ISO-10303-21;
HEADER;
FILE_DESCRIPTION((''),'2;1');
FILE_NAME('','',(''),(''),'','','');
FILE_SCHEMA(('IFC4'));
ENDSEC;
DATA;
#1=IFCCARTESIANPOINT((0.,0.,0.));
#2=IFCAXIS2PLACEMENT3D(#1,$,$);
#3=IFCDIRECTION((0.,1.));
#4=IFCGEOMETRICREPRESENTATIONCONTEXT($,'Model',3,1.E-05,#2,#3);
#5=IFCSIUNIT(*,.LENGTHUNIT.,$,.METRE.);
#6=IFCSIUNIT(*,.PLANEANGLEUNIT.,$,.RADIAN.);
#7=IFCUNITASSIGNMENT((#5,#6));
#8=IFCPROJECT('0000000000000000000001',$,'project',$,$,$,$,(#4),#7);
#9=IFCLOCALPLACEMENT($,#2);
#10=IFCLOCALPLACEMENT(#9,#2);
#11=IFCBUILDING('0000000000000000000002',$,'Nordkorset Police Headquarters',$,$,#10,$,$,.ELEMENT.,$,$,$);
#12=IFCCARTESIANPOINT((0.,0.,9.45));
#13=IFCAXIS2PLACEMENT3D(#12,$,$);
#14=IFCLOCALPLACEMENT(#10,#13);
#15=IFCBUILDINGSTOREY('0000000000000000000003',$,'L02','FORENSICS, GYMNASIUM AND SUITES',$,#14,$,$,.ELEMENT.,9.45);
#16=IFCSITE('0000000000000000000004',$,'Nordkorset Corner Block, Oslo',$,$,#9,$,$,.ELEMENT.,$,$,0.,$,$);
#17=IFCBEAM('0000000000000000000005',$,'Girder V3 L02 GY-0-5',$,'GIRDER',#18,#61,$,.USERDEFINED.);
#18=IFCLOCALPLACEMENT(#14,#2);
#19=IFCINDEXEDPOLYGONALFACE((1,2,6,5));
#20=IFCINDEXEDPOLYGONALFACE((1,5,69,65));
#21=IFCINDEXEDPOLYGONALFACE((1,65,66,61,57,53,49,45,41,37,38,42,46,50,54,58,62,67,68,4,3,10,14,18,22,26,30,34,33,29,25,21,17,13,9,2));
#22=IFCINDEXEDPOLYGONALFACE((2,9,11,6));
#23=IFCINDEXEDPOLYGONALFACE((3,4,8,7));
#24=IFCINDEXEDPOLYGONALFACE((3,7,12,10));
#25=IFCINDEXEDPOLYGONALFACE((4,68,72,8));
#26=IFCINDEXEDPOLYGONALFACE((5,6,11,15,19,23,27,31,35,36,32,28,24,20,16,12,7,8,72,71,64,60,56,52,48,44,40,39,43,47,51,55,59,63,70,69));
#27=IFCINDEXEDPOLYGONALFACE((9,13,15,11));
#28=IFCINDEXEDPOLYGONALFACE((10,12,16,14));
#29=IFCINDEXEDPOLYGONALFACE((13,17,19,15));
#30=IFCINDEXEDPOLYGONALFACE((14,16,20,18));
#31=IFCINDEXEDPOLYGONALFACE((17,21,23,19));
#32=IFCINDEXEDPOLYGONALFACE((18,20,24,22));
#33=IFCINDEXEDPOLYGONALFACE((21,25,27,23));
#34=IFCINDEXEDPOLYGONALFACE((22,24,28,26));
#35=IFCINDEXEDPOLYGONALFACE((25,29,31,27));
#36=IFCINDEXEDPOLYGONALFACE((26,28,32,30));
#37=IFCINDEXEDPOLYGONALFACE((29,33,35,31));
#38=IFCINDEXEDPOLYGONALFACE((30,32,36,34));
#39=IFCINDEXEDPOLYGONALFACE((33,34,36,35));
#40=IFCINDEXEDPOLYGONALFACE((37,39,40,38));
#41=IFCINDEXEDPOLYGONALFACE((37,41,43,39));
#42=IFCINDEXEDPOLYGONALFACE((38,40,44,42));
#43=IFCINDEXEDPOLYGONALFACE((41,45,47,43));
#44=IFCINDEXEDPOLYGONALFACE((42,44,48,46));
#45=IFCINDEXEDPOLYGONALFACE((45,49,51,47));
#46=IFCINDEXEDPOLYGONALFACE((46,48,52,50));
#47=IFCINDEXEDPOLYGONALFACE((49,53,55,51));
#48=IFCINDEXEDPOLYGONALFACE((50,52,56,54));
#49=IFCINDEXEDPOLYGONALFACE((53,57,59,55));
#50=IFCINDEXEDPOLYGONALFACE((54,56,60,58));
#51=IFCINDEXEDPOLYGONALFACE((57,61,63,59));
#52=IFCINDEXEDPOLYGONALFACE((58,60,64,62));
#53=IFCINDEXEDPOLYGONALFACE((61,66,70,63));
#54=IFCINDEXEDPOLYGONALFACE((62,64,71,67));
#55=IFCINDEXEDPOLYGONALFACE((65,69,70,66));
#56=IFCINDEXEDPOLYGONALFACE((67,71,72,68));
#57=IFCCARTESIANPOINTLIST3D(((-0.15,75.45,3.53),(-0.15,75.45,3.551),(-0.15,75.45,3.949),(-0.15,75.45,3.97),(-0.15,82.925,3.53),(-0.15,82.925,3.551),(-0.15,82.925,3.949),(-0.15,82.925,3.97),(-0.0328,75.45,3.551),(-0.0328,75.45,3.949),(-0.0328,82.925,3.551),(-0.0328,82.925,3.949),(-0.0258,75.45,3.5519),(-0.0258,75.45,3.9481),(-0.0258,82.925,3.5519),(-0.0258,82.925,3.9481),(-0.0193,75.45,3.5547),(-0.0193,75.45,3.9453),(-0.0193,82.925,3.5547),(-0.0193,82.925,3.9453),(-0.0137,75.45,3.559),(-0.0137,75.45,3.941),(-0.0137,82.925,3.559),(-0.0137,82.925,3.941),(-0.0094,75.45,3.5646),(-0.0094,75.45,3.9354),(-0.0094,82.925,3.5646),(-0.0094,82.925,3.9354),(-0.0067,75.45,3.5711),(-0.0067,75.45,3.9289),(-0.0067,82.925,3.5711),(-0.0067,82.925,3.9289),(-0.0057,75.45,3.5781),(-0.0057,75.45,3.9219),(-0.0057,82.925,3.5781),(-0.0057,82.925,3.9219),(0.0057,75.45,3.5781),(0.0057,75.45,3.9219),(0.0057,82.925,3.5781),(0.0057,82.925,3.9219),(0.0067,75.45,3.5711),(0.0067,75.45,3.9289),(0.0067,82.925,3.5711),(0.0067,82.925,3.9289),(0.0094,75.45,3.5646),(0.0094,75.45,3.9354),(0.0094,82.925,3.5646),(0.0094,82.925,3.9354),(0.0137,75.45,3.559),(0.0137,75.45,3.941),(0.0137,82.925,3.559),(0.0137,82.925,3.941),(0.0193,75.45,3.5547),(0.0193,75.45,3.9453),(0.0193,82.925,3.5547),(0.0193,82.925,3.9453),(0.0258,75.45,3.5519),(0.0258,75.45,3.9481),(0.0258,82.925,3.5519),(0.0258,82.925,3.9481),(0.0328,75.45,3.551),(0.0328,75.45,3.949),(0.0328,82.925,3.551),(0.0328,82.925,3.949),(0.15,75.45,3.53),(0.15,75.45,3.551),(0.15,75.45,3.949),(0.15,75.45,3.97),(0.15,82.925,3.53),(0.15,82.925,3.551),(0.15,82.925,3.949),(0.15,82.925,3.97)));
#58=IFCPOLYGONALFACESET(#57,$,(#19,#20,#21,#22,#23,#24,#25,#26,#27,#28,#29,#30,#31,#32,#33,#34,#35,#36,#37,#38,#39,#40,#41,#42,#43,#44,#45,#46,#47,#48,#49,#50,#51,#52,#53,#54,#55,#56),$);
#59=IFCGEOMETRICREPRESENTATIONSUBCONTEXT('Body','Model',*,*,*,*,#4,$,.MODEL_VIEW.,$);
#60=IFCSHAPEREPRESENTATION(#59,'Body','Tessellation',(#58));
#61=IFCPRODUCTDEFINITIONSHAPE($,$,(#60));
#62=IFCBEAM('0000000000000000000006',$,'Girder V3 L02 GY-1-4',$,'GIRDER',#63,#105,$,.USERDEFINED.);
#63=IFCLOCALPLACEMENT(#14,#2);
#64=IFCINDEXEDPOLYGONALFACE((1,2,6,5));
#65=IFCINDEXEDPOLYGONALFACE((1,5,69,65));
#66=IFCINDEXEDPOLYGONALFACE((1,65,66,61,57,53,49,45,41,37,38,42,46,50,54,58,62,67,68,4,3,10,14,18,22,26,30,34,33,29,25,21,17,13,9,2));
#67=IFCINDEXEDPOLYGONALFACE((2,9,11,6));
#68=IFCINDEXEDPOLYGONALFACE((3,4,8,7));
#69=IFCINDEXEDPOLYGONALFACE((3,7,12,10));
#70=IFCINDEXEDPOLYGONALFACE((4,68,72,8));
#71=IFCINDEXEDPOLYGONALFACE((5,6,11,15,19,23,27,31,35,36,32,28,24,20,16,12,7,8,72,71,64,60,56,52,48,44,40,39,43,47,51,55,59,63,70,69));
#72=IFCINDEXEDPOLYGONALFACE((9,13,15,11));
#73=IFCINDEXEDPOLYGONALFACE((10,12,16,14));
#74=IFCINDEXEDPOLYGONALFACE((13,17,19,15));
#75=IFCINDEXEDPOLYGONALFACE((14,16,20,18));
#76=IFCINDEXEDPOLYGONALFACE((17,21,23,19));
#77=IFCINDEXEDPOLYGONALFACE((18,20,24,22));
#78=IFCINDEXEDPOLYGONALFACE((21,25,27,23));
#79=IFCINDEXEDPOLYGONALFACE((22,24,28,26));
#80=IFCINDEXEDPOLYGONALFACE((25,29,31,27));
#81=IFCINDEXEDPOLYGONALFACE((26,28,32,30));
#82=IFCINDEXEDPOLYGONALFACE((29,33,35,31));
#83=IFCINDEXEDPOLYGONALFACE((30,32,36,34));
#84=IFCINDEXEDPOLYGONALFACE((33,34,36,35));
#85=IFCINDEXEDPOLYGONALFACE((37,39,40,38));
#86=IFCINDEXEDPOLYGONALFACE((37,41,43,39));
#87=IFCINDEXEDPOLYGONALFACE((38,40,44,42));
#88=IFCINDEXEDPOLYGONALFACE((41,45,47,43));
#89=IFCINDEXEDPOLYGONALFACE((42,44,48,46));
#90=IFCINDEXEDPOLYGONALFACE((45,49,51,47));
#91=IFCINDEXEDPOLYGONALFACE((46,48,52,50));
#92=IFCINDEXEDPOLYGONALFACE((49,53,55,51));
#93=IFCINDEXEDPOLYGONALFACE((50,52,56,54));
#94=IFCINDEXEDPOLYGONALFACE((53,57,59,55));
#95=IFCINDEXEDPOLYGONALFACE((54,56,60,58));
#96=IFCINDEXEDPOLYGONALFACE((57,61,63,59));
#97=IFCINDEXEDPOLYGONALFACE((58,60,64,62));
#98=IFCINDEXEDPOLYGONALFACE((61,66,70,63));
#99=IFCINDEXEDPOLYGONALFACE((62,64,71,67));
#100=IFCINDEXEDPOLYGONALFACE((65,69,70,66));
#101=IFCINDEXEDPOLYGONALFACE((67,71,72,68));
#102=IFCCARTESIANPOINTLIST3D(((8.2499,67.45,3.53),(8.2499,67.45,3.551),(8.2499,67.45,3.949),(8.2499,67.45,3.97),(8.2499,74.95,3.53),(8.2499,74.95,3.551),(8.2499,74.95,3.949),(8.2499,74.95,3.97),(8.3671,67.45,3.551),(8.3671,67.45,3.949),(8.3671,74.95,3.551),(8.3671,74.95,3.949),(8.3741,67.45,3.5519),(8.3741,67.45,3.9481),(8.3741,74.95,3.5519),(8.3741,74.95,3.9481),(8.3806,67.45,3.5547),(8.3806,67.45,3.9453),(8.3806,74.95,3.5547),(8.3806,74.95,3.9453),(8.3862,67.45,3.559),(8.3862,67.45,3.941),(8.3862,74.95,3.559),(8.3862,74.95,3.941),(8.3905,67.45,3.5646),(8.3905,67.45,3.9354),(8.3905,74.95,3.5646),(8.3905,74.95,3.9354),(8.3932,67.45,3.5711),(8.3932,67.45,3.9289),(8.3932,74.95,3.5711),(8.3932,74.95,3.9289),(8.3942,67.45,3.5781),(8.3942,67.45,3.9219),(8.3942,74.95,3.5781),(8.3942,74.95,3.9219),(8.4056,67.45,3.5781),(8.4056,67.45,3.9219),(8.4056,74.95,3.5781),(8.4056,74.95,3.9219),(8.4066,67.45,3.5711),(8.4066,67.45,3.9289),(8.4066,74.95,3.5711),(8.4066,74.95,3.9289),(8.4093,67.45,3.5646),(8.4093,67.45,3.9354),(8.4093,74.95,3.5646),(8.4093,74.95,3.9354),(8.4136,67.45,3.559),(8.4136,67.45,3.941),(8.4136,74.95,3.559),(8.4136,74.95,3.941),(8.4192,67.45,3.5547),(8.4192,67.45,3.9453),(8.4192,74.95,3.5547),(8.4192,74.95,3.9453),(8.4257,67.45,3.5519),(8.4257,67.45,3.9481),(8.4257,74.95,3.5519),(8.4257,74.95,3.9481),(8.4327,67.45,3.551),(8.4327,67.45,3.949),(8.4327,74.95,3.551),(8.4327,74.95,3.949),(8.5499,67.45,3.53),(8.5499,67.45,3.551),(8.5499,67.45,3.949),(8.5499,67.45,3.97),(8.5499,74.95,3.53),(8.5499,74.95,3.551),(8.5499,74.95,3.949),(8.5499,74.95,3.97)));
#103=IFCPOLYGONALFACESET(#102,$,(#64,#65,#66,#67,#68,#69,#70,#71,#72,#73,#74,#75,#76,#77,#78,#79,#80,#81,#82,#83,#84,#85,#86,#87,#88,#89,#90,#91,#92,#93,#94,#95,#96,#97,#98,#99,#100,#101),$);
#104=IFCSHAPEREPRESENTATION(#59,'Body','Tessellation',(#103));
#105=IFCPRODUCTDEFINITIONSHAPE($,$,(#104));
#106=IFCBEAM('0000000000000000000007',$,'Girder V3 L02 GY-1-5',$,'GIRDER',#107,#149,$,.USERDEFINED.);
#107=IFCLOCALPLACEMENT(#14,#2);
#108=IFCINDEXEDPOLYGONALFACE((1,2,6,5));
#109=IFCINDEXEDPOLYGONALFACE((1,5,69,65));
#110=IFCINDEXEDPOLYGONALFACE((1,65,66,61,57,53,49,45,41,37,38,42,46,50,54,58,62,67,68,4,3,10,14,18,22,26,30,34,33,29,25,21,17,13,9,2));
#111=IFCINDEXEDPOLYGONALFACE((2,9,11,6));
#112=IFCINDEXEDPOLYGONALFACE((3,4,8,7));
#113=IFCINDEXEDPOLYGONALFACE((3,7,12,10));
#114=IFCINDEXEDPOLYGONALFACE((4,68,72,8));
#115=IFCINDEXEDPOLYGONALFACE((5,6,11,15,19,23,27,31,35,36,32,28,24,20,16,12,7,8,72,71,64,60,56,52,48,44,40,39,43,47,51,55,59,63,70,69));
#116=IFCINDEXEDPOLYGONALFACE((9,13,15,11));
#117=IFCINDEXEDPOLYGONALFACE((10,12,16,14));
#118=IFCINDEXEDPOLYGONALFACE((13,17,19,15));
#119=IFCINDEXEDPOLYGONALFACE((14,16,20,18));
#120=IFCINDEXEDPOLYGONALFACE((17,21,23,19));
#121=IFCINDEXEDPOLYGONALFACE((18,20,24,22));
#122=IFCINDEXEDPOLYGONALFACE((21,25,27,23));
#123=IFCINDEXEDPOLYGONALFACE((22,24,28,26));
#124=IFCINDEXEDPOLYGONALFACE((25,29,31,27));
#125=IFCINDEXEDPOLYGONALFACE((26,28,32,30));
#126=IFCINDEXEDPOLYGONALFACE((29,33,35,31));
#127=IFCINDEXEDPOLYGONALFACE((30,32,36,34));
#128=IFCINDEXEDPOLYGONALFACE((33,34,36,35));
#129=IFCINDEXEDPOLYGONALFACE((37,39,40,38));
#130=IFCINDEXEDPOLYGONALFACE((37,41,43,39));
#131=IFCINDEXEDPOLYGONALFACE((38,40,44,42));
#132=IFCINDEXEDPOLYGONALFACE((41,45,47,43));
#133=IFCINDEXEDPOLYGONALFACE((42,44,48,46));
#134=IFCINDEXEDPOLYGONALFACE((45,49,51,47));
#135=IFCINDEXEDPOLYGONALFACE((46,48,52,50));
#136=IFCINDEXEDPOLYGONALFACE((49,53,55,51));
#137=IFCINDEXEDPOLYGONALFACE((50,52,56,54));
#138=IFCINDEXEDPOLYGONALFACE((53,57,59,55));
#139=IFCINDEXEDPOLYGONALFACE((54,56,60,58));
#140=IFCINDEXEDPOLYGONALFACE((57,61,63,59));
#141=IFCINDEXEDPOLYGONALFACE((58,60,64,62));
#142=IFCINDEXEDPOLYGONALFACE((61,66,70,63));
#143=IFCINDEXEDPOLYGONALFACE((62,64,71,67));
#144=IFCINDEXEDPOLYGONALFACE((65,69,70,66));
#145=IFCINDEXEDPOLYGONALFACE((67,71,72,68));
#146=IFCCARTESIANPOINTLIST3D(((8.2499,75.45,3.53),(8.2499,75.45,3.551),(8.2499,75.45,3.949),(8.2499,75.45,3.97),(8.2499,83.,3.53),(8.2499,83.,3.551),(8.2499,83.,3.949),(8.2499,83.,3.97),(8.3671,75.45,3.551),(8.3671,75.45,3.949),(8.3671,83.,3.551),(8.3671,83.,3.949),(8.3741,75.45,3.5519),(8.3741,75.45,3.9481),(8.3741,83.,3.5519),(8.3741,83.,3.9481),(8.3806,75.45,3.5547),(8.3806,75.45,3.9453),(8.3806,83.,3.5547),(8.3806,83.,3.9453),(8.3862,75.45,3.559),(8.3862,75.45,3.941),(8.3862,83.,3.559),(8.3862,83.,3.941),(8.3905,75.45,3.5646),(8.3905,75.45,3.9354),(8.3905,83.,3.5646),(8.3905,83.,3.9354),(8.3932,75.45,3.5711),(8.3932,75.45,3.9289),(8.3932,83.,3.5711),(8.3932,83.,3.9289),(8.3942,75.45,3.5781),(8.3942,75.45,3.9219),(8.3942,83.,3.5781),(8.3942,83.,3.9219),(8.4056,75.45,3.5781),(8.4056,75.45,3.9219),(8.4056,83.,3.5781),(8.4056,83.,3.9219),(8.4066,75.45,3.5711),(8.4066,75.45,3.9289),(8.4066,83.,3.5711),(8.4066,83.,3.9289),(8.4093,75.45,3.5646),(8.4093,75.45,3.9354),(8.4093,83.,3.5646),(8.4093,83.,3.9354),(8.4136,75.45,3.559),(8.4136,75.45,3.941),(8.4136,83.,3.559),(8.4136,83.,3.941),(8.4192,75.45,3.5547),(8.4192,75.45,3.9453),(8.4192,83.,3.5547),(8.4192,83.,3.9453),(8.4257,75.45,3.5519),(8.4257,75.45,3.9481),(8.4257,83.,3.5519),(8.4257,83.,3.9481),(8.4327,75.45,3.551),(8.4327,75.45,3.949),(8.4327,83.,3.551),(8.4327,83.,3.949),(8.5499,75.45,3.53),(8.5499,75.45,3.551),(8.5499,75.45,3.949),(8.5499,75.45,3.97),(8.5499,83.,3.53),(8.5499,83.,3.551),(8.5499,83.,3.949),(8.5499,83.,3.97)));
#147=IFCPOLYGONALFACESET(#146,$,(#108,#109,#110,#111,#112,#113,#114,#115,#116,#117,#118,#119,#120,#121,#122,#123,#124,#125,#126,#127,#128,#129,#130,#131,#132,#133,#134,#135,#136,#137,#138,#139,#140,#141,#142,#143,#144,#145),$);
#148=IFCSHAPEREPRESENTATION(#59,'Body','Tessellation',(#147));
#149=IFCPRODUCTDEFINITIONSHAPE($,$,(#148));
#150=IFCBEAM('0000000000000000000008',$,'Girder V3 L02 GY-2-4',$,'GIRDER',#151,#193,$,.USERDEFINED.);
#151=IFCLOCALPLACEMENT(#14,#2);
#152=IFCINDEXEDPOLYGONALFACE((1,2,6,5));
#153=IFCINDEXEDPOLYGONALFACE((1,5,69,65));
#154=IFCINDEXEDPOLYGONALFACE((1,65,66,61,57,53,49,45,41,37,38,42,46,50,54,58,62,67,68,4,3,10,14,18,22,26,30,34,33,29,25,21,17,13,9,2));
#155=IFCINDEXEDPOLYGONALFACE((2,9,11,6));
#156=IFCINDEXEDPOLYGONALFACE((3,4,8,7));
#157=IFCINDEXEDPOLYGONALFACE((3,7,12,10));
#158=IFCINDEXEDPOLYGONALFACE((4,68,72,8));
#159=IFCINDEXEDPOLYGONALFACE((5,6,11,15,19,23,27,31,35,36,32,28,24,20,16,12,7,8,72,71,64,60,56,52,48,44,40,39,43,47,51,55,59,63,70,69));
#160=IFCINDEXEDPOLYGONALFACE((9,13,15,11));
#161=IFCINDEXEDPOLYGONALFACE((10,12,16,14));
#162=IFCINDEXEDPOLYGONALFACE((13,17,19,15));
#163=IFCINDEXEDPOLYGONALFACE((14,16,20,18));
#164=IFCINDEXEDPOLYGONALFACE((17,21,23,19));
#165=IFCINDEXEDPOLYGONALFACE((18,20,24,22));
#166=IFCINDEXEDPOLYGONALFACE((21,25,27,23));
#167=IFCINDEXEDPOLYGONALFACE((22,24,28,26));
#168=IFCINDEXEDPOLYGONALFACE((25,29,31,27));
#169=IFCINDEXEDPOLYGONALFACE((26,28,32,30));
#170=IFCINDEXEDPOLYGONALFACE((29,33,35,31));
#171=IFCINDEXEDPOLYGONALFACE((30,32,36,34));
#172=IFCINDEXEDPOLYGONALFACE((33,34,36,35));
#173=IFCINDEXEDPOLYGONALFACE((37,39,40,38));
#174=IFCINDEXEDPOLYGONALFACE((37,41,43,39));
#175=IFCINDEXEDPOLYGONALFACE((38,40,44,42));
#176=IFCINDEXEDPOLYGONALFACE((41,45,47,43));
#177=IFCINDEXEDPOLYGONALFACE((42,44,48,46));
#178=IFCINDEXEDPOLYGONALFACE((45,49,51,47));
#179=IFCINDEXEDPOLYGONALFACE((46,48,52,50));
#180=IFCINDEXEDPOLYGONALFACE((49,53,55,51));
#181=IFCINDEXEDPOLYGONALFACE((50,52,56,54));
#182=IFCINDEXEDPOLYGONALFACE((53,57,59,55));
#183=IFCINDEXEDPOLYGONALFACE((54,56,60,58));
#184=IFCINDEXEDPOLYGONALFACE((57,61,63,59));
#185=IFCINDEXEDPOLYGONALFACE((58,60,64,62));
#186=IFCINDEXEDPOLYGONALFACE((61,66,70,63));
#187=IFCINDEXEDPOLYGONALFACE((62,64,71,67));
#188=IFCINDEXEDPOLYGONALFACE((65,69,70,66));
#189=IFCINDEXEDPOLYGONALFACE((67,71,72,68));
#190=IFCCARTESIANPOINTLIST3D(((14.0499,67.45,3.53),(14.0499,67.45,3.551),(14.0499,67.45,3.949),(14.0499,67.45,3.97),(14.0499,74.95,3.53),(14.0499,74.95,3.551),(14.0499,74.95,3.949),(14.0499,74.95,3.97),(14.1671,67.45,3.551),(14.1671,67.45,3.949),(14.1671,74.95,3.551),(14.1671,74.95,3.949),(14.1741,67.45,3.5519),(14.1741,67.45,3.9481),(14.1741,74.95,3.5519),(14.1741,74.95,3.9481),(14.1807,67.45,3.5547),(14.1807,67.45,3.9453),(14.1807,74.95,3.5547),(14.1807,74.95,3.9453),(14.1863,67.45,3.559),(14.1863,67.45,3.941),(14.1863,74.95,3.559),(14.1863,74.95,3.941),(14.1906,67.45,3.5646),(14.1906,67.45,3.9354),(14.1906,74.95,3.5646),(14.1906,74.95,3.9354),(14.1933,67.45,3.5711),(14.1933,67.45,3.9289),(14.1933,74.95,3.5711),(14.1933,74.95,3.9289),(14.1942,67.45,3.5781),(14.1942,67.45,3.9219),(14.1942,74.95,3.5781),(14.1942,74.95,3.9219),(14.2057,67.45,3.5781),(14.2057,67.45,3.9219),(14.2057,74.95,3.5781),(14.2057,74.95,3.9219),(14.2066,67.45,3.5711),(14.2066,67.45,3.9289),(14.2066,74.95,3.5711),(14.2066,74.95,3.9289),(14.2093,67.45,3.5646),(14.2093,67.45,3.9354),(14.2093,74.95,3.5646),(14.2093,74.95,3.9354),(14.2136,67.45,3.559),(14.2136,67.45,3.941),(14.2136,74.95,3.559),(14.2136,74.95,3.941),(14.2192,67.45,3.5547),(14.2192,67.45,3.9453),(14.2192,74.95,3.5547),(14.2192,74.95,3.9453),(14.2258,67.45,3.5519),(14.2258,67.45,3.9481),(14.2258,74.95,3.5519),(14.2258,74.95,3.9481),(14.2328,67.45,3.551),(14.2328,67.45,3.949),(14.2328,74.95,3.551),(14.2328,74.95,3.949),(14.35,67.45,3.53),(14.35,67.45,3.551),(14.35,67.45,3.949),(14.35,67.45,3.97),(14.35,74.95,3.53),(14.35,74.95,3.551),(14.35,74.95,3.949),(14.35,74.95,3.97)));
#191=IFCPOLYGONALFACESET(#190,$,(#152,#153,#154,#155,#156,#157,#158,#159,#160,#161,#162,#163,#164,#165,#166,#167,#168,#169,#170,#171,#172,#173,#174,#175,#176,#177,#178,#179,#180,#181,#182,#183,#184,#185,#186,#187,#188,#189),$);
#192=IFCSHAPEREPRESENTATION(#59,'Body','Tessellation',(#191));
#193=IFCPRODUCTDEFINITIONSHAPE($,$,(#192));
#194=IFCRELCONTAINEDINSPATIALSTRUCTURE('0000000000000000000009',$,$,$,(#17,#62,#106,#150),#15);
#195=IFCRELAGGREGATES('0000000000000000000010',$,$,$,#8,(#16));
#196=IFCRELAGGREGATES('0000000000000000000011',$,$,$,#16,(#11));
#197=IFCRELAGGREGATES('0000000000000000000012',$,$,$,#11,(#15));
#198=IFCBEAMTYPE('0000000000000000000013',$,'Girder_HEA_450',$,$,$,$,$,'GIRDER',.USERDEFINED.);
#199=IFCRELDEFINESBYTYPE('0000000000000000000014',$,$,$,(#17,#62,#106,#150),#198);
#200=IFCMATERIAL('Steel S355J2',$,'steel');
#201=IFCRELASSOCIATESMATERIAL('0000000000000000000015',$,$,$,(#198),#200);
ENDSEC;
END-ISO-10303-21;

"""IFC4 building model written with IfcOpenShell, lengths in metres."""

from ifc_helpers import new_model, si_unit, direction, frame, origin, origin_2d, place, context, subcontext, project, spatial, i_section, extrude, material, material_profile, profile_set, type_object, element, save


model = new_model("IFC4")

# Units and contexts
model_context = context("Model", 3, precision=1e-05, world=origin(), true_north=direction((0.0, 1.0)))
body_context = subcontext(model_context, "Body", "Model", "MODEL_VIEW")
ifc_project = project(units=[si_unit("LENGTHUNIT", "METRE"), si_unit("PLANEANGLEUNIT", "RADIAN")], contexts=[model_context])

# Site, building, storey
site_placement = place(None, origin())
site = spatial("IfcSite", under=ifc_project, at=site_placement, Name="Nordkorset Corner Block, Oslo", CompositionType="ELEMENT", RefElevation=0.0)
building_placement = place(site_placement, origin())
building = spatial("IfcBuilding", under=site, at=building_placement, Name="Nordkorset Police Headquarters", CompositionType="ELEMENT")
storey_placement = place(building_placement, frame((0.0, 0.0, 9.45)))
storey = spatial("IfcBuildingStorey", under=building, at=storey_placement, Name="L02", Description="FORENSICS, GYMNASIUM AND SUITES", CompositionType="ELEMENT", Elevation=9.45)

# Beams
ifc_material_1 = material(Name="Steel S355J2", Category="steel")
ifc_material_profile_1 = material_profile(ifc_material_1, i_section(OverallWidth=0.3, OverallDepth=0.4399, WebThickness=0.0115, FlangeThickness=0.021, FilletRadius=0.0271, at=origin_2d()), Name="HEA 450")
ifc_profile_set_1 = profile_set([ifc_material_profile_1], Name="Steel S355J2")
beam_type_1 = type_object("IfcBeamType", Name="Girder_HEA_450", ElementType="GIRDER", PredefinedType="USERDEFINED", material=ifc_profile_set_1)
beam_1_placement = place(storey_placement, frame((0.0, 75.45, 3.75), z_axis=(0.0, 1.0, 0.0), x_axis=(-1.0, 0.0, 0.0)))
element("IfcBeam", 1, at=beam_1_placement, inside=storey, type_object=beam_type_1, Name="Girder V3 L02 GY-0-5", ObjectType="GIRDER", PredefinedType="USERDEFINED", context=body_context, shape_type="SweptSolid", body=[
    extrude(i_section(OverallWidth=0.3, OverallDepth=0.4399, WebThickness=0.0115, FlangeThickness=0.021, FilletRadius=0.0271, at=origin_2d()), origin(), (0.0, 0.0, 1.0), 7.4751),
])
beam_2_placement = place(storey_placement, frame((8.3999, 67.45, 3.75), z_axis=(0.0, 1.0, 0.0), x_axis=(-1.0, 0.0, 0.0)))
element("IfcBeam", 2, at=beam_2_placement, inside=storey, type_object=beam_type_1, Name="Girder V3 L02 GY-1-4", ObjectType="GIRDER", PredefinedType="USERDEFINED", context=body_context, shape_type="SweptSolid", body=[
    extrude(i_section(OverallWidth=0.3, OverallDepth=0.4399, WebThickness=0.0115, FlangeThickness=0.021, FilletRadius=0.0271, at=origin_2d()), origin(), (0.0, 0.0, 1.0), 7.5),
])
beam_3_placement = place(storey_placement, frame((8.3999, 75.45, 3.75), z_axis=(0.0, 1.0, 0.0), x_axis=(-1.0, 0.0, 0.0)))
element("IfcBeam", 3, at=beam_3_placement, inside=storey, type_object=beam_type_1, Name="Girder V3 L02 GY-1-5", ObjectType="GIRDER", PredefinedType="USERDEFINED", context=body_context, shape_type="SweptSolid", body=[
    extrude(i_section(OverallWidth=0.3, OverallDepth=0.4399, WebThickness=0.0115, FlangeThickness=0.021, FilletRadius=0.0271, at=origin_2d()), origin(), (0.0, 0.0, 1.0), 7.55),
])
beam_4_placement = place(storey_placement, frame((14.2, 67.45, 3.75), z_axis=(0.0, 1.0, 0.0), x_axis=(-1.0, 0.0, 0.0)))
element("IfcBeam", 4, at=beam_4_placement, inside=storey, type_object=beam_type_1, Name="Girder V3 L02 GY-2-4", ObjectType="GIRDER", PredefinedType="USERDEFINED", context=body_context, shape_type="SweptSolid", body=[
    extrude(i_section(OverallWidth=0.3, OverallDepth=0.4399, WebThickness=0.0115, FlangeThickness=0.021, FilletRadius=0.0271, at=origin_2d()), origin(), (0.0, 0.0, 1.0), 7.5),
])

save(model, "model.ifc")
